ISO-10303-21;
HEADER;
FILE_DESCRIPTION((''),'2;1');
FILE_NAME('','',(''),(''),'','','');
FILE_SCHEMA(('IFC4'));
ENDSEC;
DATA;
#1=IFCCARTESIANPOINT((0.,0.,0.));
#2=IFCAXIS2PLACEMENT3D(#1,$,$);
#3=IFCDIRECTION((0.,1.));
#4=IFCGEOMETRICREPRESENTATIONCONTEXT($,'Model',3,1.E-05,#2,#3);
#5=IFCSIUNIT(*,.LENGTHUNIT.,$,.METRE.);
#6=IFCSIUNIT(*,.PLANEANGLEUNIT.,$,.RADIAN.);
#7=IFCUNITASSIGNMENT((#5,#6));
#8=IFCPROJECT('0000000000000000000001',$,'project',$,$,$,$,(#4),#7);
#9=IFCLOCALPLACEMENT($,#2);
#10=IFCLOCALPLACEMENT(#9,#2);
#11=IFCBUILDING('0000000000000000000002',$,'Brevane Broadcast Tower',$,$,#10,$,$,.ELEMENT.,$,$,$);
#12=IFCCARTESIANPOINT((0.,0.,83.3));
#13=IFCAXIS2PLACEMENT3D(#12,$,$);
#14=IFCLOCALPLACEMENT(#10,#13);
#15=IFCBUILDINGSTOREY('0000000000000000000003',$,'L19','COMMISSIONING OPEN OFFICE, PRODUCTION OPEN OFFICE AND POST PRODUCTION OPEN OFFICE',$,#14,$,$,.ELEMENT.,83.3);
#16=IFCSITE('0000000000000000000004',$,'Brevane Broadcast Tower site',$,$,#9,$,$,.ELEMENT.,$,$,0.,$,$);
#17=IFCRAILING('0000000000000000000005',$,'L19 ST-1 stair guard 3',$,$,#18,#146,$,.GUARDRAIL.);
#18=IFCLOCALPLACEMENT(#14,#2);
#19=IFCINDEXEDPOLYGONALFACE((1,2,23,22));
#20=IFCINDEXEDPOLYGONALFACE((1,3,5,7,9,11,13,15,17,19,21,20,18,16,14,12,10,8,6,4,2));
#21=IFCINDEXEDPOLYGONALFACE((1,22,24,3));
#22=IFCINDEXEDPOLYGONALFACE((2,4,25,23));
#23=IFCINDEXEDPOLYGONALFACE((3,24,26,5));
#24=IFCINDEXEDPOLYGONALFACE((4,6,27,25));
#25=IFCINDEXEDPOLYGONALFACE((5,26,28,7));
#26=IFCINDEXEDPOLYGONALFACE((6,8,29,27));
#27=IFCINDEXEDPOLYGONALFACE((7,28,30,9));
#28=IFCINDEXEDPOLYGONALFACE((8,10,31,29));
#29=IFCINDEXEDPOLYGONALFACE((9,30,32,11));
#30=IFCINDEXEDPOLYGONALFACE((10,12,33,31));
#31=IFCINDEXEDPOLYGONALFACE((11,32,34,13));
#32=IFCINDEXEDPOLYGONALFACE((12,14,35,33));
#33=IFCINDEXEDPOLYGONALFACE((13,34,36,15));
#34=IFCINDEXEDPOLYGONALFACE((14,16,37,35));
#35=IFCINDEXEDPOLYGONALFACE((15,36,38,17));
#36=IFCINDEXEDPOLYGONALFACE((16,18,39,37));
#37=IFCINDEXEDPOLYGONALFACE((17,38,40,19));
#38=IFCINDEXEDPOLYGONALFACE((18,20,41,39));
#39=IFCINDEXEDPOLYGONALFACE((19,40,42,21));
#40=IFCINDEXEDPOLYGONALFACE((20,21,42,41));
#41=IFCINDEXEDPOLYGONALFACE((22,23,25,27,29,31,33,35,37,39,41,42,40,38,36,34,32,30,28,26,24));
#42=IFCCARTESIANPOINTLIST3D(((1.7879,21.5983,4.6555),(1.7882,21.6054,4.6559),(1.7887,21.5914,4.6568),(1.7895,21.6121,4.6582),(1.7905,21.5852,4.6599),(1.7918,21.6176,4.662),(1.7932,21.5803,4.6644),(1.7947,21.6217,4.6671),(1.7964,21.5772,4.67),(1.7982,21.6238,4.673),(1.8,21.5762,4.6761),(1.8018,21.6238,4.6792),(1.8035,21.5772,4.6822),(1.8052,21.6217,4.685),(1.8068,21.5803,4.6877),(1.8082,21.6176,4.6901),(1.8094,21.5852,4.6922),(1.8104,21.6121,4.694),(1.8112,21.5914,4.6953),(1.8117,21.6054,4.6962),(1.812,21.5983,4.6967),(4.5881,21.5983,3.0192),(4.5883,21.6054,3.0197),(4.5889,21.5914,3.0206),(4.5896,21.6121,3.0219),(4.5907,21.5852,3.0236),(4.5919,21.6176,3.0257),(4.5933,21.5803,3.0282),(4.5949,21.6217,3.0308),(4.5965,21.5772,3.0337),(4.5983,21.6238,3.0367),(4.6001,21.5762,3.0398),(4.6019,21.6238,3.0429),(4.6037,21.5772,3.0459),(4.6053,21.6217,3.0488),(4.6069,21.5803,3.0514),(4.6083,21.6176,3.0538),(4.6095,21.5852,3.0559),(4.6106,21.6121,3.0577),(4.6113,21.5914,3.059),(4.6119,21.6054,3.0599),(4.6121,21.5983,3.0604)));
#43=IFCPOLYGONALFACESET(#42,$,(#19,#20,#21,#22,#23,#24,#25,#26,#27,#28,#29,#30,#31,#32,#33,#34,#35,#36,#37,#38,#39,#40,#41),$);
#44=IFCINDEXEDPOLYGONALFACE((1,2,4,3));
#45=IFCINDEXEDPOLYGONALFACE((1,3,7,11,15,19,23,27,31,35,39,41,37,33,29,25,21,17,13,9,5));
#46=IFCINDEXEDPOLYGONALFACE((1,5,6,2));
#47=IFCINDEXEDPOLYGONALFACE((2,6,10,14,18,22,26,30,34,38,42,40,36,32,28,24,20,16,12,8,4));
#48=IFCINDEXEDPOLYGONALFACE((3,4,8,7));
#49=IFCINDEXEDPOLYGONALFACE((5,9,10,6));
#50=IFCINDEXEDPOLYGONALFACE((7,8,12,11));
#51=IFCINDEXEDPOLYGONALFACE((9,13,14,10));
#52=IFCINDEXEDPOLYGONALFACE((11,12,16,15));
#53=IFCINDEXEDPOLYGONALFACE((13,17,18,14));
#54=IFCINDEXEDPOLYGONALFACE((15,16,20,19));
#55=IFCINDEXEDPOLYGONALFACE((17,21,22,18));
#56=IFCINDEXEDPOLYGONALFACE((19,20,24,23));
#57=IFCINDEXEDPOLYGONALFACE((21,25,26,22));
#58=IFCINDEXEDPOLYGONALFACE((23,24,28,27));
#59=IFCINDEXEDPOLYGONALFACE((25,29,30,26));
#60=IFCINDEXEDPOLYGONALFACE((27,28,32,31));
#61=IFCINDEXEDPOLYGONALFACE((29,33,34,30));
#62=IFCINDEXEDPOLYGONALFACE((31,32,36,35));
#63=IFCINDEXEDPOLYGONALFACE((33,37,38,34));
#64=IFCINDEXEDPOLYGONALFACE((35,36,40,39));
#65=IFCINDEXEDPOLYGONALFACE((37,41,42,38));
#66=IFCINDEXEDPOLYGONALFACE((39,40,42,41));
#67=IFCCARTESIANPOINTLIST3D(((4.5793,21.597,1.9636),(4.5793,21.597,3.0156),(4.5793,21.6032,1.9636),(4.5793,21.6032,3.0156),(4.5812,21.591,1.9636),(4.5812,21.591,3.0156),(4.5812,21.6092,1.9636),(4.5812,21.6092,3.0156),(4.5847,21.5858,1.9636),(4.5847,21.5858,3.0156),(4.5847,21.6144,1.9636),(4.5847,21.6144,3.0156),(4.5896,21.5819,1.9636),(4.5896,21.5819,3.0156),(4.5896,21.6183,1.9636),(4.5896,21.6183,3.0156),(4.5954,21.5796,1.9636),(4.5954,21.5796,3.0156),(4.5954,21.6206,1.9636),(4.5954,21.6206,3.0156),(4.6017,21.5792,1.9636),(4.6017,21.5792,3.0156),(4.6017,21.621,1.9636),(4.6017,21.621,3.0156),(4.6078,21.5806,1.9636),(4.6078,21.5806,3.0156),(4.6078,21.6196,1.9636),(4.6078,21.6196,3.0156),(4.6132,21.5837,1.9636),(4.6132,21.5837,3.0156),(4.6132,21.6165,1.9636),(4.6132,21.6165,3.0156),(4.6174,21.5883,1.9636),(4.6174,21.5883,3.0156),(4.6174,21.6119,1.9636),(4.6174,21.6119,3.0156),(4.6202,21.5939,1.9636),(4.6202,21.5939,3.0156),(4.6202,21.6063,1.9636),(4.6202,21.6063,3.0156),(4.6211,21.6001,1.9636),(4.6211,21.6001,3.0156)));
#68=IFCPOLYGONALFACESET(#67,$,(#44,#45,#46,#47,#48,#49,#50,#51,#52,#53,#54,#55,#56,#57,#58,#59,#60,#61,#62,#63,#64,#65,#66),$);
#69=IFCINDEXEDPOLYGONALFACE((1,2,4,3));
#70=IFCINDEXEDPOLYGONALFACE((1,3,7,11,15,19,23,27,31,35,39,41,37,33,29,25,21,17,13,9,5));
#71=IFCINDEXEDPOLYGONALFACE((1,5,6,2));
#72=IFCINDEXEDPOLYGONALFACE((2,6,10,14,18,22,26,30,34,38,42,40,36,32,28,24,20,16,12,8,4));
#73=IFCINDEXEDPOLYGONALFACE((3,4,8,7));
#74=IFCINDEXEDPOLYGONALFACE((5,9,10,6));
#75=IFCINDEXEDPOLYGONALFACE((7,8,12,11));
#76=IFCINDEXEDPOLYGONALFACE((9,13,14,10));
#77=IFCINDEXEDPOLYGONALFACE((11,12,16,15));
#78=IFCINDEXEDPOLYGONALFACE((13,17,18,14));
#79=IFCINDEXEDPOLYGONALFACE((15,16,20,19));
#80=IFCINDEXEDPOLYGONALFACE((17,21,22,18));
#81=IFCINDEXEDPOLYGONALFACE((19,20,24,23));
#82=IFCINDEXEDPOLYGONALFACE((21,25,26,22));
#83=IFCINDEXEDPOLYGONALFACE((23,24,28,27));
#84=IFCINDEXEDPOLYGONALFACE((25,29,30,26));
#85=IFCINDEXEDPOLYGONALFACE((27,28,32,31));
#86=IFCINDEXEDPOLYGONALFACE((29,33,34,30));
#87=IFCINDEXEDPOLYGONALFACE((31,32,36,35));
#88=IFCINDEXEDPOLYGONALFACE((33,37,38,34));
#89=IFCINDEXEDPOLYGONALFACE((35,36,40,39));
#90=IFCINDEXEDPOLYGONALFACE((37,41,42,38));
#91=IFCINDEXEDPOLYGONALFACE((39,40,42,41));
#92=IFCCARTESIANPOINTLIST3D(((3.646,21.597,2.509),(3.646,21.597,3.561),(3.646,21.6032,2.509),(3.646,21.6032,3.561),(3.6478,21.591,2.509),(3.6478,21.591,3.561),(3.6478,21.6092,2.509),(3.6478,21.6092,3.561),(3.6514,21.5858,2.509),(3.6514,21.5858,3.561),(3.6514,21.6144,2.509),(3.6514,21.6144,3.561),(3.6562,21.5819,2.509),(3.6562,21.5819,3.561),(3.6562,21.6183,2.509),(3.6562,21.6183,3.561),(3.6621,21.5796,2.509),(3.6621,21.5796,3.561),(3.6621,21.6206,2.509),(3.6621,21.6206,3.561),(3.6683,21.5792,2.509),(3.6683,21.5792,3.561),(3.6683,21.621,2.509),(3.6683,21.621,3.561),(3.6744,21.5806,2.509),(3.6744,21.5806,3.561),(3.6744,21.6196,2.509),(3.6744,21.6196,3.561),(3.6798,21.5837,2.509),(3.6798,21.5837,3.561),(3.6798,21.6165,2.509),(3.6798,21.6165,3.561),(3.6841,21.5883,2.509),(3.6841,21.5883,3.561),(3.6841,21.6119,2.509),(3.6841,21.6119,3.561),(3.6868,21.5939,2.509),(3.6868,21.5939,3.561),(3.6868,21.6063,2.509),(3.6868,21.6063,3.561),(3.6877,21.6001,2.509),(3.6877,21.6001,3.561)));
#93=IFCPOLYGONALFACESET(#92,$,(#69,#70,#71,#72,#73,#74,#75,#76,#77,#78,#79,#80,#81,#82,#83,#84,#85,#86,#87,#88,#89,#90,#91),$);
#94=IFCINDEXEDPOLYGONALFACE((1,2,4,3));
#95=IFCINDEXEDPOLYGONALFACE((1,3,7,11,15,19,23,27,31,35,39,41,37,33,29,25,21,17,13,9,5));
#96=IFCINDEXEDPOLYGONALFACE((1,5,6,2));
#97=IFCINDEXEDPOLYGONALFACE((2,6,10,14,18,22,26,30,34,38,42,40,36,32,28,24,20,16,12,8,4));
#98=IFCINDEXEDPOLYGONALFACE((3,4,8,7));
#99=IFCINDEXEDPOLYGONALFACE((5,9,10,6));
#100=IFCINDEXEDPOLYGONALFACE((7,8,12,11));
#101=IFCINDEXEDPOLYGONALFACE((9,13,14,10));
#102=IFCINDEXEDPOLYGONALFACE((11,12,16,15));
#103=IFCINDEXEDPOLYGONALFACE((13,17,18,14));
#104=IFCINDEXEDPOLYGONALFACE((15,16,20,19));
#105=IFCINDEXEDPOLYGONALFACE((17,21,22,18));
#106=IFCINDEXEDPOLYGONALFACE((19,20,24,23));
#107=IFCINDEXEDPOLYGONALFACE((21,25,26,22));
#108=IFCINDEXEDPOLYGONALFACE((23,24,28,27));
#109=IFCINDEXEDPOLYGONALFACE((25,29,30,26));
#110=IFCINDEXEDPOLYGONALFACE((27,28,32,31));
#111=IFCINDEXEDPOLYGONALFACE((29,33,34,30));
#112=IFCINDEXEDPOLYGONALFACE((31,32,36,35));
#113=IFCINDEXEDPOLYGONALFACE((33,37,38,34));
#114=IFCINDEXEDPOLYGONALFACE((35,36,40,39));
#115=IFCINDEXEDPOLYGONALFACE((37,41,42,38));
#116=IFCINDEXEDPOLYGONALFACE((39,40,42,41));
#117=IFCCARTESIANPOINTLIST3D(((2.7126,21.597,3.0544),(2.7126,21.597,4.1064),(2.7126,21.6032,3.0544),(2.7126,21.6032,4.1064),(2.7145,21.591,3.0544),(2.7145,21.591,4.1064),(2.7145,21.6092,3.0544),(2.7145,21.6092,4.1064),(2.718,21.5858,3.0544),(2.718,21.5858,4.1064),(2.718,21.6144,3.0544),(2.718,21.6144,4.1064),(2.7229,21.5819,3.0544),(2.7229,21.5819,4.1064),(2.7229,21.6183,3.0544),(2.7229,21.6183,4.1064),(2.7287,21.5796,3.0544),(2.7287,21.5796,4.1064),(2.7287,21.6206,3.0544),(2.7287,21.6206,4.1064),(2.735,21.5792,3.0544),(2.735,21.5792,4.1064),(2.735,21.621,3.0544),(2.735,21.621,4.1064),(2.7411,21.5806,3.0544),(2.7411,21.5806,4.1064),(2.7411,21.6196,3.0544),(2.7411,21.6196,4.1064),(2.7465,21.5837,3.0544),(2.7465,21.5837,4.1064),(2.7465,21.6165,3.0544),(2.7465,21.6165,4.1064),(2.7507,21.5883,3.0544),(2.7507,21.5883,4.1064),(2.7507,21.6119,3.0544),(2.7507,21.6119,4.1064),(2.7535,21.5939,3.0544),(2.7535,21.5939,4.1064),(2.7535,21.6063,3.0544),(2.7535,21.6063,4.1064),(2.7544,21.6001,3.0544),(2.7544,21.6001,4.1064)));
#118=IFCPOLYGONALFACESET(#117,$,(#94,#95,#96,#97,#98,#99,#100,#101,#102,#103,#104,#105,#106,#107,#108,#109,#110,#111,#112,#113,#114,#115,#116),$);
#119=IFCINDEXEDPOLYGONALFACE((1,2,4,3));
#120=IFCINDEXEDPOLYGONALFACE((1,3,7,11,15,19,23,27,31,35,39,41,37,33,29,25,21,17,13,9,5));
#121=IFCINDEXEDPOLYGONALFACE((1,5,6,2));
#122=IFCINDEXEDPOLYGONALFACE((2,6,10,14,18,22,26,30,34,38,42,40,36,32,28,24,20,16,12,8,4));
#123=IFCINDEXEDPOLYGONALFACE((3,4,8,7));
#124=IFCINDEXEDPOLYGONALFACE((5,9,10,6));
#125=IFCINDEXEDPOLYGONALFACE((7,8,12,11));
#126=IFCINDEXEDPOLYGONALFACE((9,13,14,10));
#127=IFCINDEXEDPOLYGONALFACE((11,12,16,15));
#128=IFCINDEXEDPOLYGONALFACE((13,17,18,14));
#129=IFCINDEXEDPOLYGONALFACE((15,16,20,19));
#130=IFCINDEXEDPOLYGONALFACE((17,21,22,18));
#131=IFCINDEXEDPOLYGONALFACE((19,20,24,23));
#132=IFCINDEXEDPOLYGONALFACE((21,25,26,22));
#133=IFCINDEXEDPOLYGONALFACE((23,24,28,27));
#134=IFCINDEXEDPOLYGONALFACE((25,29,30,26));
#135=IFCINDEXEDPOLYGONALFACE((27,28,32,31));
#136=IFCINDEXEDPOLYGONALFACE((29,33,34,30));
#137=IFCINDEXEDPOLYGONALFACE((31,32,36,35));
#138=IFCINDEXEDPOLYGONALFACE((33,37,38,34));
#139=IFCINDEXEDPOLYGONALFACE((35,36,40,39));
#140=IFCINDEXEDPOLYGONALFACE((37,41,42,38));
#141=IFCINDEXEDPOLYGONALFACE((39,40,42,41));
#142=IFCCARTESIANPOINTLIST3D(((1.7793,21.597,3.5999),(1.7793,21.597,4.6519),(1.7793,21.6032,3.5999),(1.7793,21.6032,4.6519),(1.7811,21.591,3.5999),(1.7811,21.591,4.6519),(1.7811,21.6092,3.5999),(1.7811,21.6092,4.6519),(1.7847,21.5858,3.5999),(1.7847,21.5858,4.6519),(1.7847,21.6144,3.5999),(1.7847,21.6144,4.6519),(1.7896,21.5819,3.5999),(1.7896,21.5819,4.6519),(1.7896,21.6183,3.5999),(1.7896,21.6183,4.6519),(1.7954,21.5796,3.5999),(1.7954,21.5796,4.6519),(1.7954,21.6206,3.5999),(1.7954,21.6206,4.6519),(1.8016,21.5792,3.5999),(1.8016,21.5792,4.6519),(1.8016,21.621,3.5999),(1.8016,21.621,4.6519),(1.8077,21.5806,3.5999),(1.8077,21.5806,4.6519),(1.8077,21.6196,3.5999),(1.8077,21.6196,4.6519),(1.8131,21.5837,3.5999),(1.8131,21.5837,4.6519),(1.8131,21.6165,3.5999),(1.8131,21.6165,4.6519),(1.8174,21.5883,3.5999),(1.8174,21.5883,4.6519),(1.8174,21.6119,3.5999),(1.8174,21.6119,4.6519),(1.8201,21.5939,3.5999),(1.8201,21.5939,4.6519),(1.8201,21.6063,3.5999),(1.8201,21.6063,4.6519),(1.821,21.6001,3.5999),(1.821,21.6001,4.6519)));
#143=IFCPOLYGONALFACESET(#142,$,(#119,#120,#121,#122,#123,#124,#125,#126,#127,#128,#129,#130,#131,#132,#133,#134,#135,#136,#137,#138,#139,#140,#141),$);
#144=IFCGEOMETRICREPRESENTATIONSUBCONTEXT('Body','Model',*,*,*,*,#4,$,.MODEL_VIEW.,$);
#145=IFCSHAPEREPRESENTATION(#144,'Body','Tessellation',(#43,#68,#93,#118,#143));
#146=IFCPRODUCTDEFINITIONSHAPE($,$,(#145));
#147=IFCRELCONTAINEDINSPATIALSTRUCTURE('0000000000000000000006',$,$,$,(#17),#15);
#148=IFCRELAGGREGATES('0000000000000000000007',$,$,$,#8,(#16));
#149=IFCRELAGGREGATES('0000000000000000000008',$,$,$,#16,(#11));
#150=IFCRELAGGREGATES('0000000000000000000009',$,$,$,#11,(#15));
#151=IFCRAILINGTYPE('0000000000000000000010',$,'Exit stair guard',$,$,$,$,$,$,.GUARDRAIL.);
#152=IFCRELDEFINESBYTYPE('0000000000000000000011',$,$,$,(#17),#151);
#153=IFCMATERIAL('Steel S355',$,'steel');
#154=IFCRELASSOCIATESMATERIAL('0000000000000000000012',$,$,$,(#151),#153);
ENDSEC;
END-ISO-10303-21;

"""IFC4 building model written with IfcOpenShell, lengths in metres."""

from ifc_helpers import new_model, si_unit, direction, frame, origin, origin_2d, place, context, subcontext, project, spatial, circle, extrude, material, type_object, element, save


model = new_model("IFC4")

# Units and contexts
model_context = context("Model", 3, precision=1e-05, world=origin(), true_north=direction((0.0, 1.0)))
body_context = subcontext(model_context, "Body", "Model", "MODEL_VIEW")
ifc_project = project(units=[si_unit("LENGTHUNIT", "METRE"), si_unit("PLANEANGLEUNIT", "RADIAN")], contexts=[model_context])

# Site, building, storey
site_placement = place(None, origin())
site = spatial("IfcSite", under=ifc_project, at=site_placement, Name="Brevane Broadcast Tower site", CompositionType="ELEMENT", RefElevation=0.0)
building_placement = place(site_placement, origin())
building = spatial("IfcBuilding", under=site, at=building_placement, Name="Brevane Broadcast Tower", CompositionType="ELEMENT")
storey_placement = place(building_placement, frame((0.0, 0.0, 83.3)))
storey = spatial("IfcBuildingStorey", under=building, at=storey_placement, Name="L19", Description="COMMISSIONING OPEN OFFICE, PRODUCTION OPEN OFFICE AND POST PRODUCTION OPEN OFFICE", CompositionType="ELEMENT", Elevation=83.3)

# Railing
ifc_material_1 = material(Name="Steel S355", Category="steel")
railing_type_1 = type_object("IfcRailingType", Name="Exit stair guard", PredefinedType="GUARDRAIL", material=ifc_material_1)
railing_1_placement = place(storey_placement, frame((4.6001, 21.6001, 1.9636)))
element("IfcRailing", 1, at=railing_1_placement, inside=storey, type_object=railing_type_1, Name="L19 ST-1 stair guard 3", PredefinedType="GUARDRAIL", context=body_context, shape_type="SweptSolid", body=[
    extrude(circle(Radius=0.0239, at=origin_2d()), frame((0.0, 0.0, 1.0762), z_axis=(-0.863394, 0.0, 0.504531), x_axis=(0.0, -1.0, 0.0)), (0.0, 0.0, 1.0), 3.2432),
    extrude(circle(Radius=0.021, at=origin_2d()), origin(), (0.0, 0.0, 1.0), 1.052),
    extrude(circle(Radius=0.021, at=origin_2d()), frame((-0.9333, 0.0, 0.5454)), (0.0, 0.0, 1.0), 1.052),
    extrude(circle(Radius=0.021, at=origin_2d()), frame((-1.8667, 0.0, 1.0908)), (0.0, 0.0, 1.0), 1.052),
    extrude(circle(Radius=0.021, at=origin_2d()), frame((-2.8, 0.0, 1.6362)), (0.0, 0.0, 1.0), 1.052),
])

save(model, "model.ifc")
